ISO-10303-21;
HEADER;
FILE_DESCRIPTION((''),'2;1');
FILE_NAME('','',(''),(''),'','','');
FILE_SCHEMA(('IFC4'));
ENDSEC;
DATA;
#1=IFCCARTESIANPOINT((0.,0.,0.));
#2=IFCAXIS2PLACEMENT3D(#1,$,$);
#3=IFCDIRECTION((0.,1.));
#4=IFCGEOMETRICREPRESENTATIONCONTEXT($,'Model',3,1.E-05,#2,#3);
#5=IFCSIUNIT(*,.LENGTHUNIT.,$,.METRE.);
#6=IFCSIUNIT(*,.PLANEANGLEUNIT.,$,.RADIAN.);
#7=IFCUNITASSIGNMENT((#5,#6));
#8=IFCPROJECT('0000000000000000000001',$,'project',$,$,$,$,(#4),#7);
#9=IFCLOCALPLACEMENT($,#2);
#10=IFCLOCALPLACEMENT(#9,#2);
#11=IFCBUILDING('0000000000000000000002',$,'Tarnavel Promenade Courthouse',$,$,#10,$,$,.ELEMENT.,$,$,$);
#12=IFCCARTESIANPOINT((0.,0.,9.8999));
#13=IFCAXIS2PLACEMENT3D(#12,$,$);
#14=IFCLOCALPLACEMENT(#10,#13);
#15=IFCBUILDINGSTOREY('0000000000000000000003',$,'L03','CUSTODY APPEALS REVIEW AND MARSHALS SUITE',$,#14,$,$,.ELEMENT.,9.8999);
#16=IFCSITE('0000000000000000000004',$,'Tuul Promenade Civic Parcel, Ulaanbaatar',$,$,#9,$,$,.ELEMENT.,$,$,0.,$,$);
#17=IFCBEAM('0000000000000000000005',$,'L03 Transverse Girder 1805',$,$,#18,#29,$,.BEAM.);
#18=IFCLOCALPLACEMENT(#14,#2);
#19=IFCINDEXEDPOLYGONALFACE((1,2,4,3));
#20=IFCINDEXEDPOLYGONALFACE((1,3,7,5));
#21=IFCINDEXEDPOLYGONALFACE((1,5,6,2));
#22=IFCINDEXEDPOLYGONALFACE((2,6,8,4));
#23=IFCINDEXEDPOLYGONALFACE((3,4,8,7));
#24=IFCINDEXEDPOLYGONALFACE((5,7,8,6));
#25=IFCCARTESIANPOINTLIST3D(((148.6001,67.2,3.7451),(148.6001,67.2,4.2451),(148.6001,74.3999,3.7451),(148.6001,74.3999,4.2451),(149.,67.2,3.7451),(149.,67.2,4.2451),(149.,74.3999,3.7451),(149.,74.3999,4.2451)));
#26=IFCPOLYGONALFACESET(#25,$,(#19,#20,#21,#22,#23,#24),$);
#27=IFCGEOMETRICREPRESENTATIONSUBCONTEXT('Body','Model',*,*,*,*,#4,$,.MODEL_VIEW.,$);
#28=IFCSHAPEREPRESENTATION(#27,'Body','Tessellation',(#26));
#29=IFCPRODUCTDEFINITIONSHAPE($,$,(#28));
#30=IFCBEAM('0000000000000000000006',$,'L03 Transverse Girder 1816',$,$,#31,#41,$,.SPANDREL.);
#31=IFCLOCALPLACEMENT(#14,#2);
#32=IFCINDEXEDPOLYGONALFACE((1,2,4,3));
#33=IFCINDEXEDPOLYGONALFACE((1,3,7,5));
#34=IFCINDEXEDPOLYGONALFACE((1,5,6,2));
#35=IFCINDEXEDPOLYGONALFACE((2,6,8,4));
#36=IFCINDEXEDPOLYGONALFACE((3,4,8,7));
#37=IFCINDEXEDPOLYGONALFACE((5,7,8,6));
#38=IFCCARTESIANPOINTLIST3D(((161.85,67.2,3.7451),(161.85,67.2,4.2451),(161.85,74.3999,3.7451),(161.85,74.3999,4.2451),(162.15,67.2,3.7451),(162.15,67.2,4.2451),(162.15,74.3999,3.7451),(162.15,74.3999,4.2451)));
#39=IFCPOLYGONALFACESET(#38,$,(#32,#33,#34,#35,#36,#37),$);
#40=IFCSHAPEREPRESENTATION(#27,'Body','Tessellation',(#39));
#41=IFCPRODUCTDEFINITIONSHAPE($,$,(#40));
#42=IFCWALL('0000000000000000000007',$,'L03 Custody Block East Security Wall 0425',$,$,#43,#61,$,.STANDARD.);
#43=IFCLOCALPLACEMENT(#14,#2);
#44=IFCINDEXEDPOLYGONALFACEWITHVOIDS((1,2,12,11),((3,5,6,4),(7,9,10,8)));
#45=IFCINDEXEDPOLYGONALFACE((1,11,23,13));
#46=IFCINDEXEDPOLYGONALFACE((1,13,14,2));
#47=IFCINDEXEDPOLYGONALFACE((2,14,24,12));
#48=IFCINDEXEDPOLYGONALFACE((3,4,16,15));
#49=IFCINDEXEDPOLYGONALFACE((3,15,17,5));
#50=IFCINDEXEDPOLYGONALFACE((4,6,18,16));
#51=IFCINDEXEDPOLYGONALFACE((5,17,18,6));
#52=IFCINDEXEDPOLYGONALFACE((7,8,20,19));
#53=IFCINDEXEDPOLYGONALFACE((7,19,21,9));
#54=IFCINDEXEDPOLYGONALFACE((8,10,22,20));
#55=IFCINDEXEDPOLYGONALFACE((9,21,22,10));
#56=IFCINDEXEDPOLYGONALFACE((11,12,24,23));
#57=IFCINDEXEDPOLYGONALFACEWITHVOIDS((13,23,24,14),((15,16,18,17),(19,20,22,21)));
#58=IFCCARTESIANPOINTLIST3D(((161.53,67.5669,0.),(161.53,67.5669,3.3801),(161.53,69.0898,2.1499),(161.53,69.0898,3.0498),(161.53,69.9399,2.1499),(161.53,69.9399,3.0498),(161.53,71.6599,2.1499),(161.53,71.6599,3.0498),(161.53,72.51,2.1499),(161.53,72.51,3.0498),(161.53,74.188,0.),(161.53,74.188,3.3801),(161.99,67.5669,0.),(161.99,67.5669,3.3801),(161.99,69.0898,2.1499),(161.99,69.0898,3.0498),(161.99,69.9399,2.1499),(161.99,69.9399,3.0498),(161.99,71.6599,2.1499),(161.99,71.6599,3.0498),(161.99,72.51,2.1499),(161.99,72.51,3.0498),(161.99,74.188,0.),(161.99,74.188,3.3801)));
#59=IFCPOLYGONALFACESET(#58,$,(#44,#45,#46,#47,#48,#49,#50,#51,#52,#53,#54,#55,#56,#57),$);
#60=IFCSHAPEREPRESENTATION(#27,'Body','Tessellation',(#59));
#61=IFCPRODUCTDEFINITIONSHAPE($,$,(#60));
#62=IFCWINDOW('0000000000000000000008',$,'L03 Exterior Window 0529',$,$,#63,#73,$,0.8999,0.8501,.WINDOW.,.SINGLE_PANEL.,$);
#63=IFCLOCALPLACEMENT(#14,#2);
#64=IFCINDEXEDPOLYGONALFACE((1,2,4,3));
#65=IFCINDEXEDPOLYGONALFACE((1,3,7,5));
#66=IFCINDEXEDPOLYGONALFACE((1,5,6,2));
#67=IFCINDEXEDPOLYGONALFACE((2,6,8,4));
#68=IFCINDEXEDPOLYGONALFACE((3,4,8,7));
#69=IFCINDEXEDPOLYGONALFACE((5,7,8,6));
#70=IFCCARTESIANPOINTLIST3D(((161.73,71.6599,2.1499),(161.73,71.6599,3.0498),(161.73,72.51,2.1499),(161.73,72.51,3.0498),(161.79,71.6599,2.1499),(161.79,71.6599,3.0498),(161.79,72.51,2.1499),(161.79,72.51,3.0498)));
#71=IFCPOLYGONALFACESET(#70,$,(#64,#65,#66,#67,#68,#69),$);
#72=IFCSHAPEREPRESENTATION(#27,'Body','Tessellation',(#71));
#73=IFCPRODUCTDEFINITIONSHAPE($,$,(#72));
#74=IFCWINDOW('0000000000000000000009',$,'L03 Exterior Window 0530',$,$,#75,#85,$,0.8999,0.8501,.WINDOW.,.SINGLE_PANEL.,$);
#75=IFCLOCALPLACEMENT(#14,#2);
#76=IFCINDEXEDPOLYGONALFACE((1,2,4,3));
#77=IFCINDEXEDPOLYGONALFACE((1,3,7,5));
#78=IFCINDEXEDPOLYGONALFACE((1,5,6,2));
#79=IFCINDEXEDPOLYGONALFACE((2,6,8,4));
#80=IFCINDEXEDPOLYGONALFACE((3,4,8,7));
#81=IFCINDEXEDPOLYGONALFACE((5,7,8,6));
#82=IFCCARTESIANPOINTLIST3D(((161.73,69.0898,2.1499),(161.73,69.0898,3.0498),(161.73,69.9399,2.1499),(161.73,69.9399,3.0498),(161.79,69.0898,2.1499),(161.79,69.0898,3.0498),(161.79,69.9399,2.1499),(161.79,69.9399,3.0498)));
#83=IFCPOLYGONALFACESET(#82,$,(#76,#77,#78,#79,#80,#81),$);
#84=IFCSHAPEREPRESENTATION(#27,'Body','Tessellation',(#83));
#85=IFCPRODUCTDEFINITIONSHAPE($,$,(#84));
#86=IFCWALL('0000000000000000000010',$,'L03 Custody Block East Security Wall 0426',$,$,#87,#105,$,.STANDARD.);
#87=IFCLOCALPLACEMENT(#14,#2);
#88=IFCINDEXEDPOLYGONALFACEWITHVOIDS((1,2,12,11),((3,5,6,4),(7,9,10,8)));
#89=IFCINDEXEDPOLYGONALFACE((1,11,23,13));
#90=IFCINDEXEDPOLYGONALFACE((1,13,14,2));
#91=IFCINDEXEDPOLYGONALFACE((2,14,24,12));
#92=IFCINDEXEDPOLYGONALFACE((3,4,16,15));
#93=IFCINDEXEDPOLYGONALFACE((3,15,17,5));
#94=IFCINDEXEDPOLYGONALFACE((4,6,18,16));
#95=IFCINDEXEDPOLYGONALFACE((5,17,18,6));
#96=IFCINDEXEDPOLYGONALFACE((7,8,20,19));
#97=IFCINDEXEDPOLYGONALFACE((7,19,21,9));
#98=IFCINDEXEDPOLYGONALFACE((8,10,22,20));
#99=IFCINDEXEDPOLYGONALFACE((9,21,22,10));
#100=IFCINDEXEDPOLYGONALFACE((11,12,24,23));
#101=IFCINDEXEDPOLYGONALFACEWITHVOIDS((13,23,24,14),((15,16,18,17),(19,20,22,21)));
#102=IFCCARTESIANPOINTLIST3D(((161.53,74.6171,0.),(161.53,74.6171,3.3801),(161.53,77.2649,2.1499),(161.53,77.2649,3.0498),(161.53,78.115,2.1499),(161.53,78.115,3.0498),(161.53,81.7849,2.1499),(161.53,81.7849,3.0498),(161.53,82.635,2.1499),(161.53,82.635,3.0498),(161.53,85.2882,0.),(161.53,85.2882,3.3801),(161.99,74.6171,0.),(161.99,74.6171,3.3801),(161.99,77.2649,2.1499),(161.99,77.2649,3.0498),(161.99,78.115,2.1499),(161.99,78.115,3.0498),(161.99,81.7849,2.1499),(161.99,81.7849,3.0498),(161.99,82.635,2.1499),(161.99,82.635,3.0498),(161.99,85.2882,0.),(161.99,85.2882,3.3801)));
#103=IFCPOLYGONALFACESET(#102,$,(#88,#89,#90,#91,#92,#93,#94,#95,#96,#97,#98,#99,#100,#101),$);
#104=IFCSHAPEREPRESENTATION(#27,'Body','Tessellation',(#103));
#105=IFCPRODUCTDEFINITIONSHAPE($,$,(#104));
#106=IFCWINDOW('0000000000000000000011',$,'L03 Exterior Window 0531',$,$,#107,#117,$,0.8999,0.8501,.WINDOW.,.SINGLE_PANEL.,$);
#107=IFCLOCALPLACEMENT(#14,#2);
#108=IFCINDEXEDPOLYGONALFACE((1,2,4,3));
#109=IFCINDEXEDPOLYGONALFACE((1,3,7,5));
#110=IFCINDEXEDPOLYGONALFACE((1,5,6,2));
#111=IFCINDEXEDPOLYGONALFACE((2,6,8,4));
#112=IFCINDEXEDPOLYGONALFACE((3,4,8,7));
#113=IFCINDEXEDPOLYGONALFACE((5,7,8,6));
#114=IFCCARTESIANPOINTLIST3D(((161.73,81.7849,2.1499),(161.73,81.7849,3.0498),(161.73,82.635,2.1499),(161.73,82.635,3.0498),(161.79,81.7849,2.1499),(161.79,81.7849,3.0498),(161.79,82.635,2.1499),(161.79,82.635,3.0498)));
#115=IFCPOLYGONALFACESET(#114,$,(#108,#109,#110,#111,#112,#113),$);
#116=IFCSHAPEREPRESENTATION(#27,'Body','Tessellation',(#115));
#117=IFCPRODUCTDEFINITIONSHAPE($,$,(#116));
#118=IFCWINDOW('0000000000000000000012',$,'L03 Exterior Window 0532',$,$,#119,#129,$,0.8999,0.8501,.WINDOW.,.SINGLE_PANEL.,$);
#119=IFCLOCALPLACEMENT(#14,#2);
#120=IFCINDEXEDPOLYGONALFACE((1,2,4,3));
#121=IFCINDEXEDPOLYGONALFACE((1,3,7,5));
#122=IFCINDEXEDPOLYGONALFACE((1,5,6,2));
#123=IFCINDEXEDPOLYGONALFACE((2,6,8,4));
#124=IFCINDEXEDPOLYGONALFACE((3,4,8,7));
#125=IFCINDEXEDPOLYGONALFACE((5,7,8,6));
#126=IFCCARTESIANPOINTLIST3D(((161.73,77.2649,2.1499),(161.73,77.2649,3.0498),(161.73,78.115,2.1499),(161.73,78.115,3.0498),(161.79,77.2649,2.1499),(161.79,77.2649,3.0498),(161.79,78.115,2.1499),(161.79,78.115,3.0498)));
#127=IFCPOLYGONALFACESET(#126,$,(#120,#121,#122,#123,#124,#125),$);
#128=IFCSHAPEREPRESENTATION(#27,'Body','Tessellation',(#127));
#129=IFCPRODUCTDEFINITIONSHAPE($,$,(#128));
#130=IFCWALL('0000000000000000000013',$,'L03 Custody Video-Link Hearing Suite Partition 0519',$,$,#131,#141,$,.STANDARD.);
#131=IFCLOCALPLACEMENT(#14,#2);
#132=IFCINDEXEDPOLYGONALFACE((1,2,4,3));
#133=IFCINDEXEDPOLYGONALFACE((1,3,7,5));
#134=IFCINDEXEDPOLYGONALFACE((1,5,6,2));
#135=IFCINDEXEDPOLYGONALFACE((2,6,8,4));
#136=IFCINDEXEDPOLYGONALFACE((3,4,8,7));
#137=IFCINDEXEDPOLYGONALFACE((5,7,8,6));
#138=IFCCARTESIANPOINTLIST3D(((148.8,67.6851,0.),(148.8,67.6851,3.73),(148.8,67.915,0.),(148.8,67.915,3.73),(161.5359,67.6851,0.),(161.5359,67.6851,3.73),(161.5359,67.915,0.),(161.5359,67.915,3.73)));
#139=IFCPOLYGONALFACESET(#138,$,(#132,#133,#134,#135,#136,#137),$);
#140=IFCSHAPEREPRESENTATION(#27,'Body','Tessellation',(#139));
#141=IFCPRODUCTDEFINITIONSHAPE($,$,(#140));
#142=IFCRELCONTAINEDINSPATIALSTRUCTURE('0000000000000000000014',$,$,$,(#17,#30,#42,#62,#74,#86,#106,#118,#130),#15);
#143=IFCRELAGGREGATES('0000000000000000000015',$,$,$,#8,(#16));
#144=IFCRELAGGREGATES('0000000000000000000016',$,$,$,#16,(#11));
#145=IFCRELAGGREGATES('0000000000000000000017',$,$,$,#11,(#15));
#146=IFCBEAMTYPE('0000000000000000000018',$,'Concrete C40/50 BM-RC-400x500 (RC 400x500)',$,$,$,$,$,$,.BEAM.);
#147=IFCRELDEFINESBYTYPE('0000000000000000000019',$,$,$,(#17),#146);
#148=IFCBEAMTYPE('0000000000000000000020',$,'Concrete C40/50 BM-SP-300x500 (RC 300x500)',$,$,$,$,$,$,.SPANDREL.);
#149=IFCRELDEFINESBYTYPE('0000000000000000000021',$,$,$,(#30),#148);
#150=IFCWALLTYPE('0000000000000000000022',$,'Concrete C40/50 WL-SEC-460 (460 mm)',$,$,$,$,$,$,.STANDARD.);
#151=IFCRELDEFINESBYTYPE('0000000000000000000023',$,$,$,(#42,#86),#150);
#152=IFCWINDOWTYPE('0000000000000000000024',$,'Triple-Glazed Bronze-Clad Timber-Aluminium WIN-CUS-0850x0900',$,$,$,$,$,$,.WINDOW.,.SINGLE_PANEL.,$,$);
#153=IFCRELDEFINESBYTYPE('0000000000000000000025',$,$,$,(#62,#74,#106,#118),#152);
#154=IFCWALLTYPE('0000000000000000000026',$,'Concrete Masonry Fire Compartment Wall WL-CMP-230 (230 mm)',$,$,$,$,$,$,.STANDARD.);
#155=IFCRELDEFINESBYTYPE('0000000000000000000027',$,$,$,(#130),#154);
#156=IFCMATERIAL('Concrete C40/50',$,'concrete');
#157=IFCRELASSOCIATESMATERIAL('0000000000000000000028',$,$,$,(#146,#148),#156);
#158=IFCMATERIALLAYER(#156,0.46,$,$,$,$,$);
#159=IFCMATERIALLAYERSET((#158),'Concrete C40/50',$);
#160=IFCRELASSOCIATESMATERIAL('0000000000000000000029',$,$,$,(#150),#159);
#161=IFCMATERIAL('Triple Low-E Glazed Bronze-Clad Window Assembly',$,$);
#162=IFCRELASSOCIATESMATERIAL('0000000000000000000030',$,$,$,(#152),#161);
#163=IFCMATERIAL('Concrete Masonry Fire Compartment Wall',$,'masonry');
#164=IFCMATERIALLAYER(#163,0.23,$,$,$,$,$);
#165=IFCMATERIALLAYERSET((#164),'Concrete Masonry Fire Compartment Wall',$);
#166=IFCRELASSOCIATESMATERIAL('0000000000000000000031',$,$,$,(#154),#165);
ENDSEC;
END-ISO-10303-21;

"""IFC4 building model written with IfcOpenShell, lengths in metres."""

from ifc_helpers import new_model, si_unit, direction, frame, frame_2d, origin, origin_2d, place, context, subcontext, project, spatial, rectangle, extrude, material, layer, layer_set, material_profile, profile_set, type_object, element, fill, save


model = new_model("IFC4")

# Units and contexts
model_context = context("Model", 3, precision=1e-05, world=origin(), true_north=direction((0.0, 1.0)))
body_context = subcontext(model_context, "Body", "Model", "MODEL_VIEW")
ifc_project = project(units=[si_unit("LENGTHUNIT", "METRE"), si_unit("PLANEANGLEUNIT", "RADIAN")], contexts=[model_context])

# Site, building, storey
site_placement = place(None, origin())
site = spatial("IfcSite", under=ifc_project, at=site_placement, Name="Tuul Promenade Civic Parcel, Ulaanbaatar", CompositionType="ELEMENT", RefElevation=0.0)
building_placement = place(site_placement, origin())
building = spatial("IfcBuilding", under=site, at=building_placement, Name="Tarnavel Promenade Courthouse", CompositionType="ELEMENT")
storey_placement = place(building_placement, frame((0.0, 0.0, 9.8999)))
storey = spatial("IfcBuildingStorey", under=building, at=storey_placement, Name="L03", Description="CUSTODY APPEALS REVIEW AND MARSHALS SUITE", CompositionType="ELEMENT", Elevation=9.8999)

# Shared definitions
ifc_material_1 = material(Name="Concrete C40/50", Category="concrete")

# Beams
ifc_material_profile_1 = material_profile(ifc_material_1, rectangle(XDim=0.3999, YDim=0.5, at=origin_2d()), Name="RC 400x500")
ifc_profile_set_1 = profile_set([ifc_material_profile_1], Name="Concrete C40/50")
beam_type_1 = type_object("IfcBeamType", Name="Concrete C40/50 BM-RC-400x500 (RC 400x500)", PredefinedType="BEAM", material=ifc_profile_set_1)
beam_1_placement = place(storey_placement, frame((148.8, 67.2, 3.9951), z_axis=(0.0, 1.0, 0.0), x_axis=(-1.0, 0.0, 0.0)))
element("IfcBeam", 1, at=beam_1_placement, inside=storey, type_object=beam_type_1, Name="L03 Transverse Girder 1805", PredefinedType="BEAM", context=body_context, shape_type="SweptSolid", body=[
    extrude(rectangle(XDim=0.3999, YDim=0.5, at=origin_2d()), origin(), (0.0, 0.0, 1.0), 7.2),
])
ifc_material_profile_2 = material_profile(ifc_material_1, rectangle(XDim=0.3, YDim=0.5, at=origin_2d()), Name="RC 300x500")
ifc_profile_set_2 = profile_set([ifc_material_profile_2], Name="Concrete C40/50")
beam_type_2 = type_object("IfcBeamType", Name="Concrete C40/50 BM-SP-300x500 (RC 300x500)", PredefinedType="SPANDREL", material=ifc_profile_set_2)
beam_2_placement = place(storey_placement, frame((162.0, 67.2, 3.9951), z_axis=(0.0, 1.0, 0.0), x_axis=(-1.0, 0.0, 0.0)))
element("IfcBeam", 2, at=beam_2_placement, inside=storey, type_object=beam_type_2, Name="L03 Transverse Girder 1816", PredefinedType="SPANDREL", context=body_context, shape_type="SweptSolid", body=[
    extrude(rectangle(XDim=0.3, YDim=0.5, at=origin_2d()), origin(), (0.0, 0.0, 1.0), 7.2),
])

# Walls, openings, windows
ifc_layer_1 = layer(ifc_material_1, 0.46)
ifc_layer_set_1 = layer_set([ifc_layer_1], Name="Concrete C40/50")
wall_type_1 = type_object("IfcWallType", Name="Concrete C40/50 WL-SEC-460 (460 mm)", PredefinedType="STANDARD", material=ifc_layer_set_1)
wall_1_placement = place(storey_placement, frame((161.76, 74.188, 0.0), z_axis=(0.0, 0.0, 1.0), x_axis=(0.0, -1.0, 0.0)))
wall_1 = element("IfcWall", 3, at=wall_1_placement, inside=storey, type_object=wall_type_1, Name="L03 Custody Block East Security Wall 0425", PredefinedType="STANDARD", context=body_context, shape_type="SweptSolid", body=[
    extrude(rectangle(XDim=6.6211, YDim=0.46, at=frame_2d((3.3105, 0.0))), origin(), (0.0, 0.0, 1.0), 3.3801),
])
opening_1_placement = place(wall_1_placement, frame((1.678, 0.0, 2.1499)))
opening_1 = element("IfcOpeningElement", 4, at=opening_1_placement, cuts=wall_1, PredefinedType="OPENING", context=body_context, shape_type="SweptSolid", body=[
    extrude(rectangle(XDim=0.8501, YDim=0.8999, at=frame_2d((0.425, 0.45))), frame((0.0, 0.24, 0.0), z_axis=(0.0, -1.0, 0.0), x_axis=(1.0, 0.0, 0.0)), (0.0, 0.0, 1.0), 0.48),
])
opening_2_placement = place(wall_1_placement, frame((4.248, 0.0, 2.1499)))
opening_2 = element("IfcOpeningElement", 5, at=opening_2_placement, cuts=wall_1, PredefinedType="OPENING", context=body_context, shape_type="SweptSolid", body=[
    extrude(rectangle(XDim=0.8501, YDim=0.8999, at=frame_2d((0.425, 0.45))), frame((0.0, 0.24, 0.0), z_axis=(0.0, -1.0, 0.0), x_axis=(1.0, 0.0, 0.0)), (0.0, 0.0, 1.0), 0.48),
])
ifc_material_2 = material(Name="Triple Low-E Glazed Bronze-Clad Window Assembly")
window_type = type_object("IfcWindowType", Name="Triple-Glazed Bronze-Clad Timber-Aluminium WIN-CUS-0850x0900", PartitioningType="SINGLE_PANEL", PredefinedType="WINDOW", material=ifc_material_2)
window_1_placement = place(opening_1_placement, origin())
window_1 = element("IfcWindow", 6, at=window_1_placement, inside=storey, type_object=window_type, Name="L03 Exterior Window 0529", OverallHeight=0.8999, OverallWidth=0.8501, PartitioningType="SINGLE_PANEL", PredefinedType="WINDOW", context=body_context, shape_type="SweptSolid", body=[
    extrude(rectangle(XDim=0.8501, YDim=0.8999, at=frame_2d((0.425, 0.45))), frame((0.0, 0.03, 0.0), z_axis=(0.0, -1.0, 0.0), x_axis=(1.0, 0.0, 0.0)), (0.0, 0.0, 1.0), 0.0601),
])
fill(opening_1, window_1)
window_2_placement = place(opening_2_placement, origin())
window_2 = element("IfcWindow", 7, at=window_2_placement, inside=storey, type_object=window_type, Name="L03 Exterior Window 0530", OverallHeight=0.8999, OverallWidth=0.8501, PartitioningType="SINGLE_PANEL", PredefinedType="WINDOW", context=body_context, shape_type="SweptSolid", body=[
    extrude(rectangle(XDim=0.8501, YDim=0.8999, at=frame_2d((0.425, 0.45))), frame((0.0, 0.03, 0.0), z_axis=(0.0, -1.0, 0.0), x_axis=(1.0, 0.0, 0.0)), (0.0, 0.0, 1.0), 0.0601),
])
fill(opening_2, window_2)
wall_2_placement = place(storey_placement, frame((161.76, 85.2881, 0.0), z_axis=(0.0, 0.0, 1.0), x_axis=(0.0, -1.0, 0.0)))
wall_2 = element("IfcWall", 8, at=wall_2_placement, inside=storey, type_object=wall_type_1, Name="L03 Custody Block East Security Wall 0426", PredefinedType="STANDARD", context=body_context, shape_type="SweptSolid", body=[
    extrude(rectangle(XDim=10.6711, YDim=0.46, at=frame_2d((5.3354, 0.0))), origin(), (0.0, 0.0, 1.0), 3.3801),
])
opening_3_placement = place(wall_2_placement, frame((2.6531, 0.0, 2.1499)))
opening_3 = element("IfcOpeningElement", 9, at=opening_3_placement, cuts=wall_2, PredefinedType="OPENING", context=body_context, shape_type="SweptSolid", body=[
    extrude(rectangle(XDim=0.8501, YDim=0.8999, at=frame_2d((0.425, 0.45))), frame((0.0, 0.24, 0.0), z_axis=(0.0, -1.0, 0.0), x_axis=(1.0, 0.0, 0.0)), (0.0, 0.0, 1.0), 0.48),
])
opening_4_placement = place(wall_2_placement, frame((7.1731, 0.0, 2.1499)))
opening_4 = element("IfcOpeningElement", 10, at=opening_4_placement, cuts=wall_2, PredefinedType="OPENING", context=body_context, shape_type="SweptSolid", body=[
    extrude(rectangle(XDim=0.8501, YDim=0.8999, at=frame_2d((0.425, 0.45))), frame((0.0, 0.24, 0.0), z_axis=(0.0, -1.0, 0.0), x_axis=(1.0, 0.0, 0.0)), (0.0, 0.0, 1.0), 0.48),
])
window_3_placement = place(opening_3_placement, origin())
window_3 = element("IfcWindow", 11, at=window_3_placement, inside=storey, type_object=window_type, Name="L03 Exterior Window 0531", OverallHeight=0.8999, OverallWidth=0.8501, PartitioningType="SINGLE_PANEL", PredefinedType="WINDOW", context=body_context, shape_type="SweptSolid", body=[
    extrude(rectangle(XDim=0.8501, YDim=0.8999, at=frame_2d((0.425, 0.45))), frame((0.0, 0.03, 0.0), z_axis=(0.0, -1.0, 0.0), x_axis=(1.0, 0.0, 0.0)), (0.0, 0.0, 1.0), 0.0601),
])
fill(opening_3, window_3)
window_4_placement = place(opening_4_placement, origin())
window_4 = element("IfcWindow", 12, at=window_4_placement, inside=storey, type_object=window_type, Name="L03 Exterior Window 0532", OverallHeight=0.8999, OverallWidth=0.8501, PartitioningType="SINGLE_PANEL", PredefinedType="WINDOW", context=body_context, shape_type="SweptSolid", body=[
    extrude(rectangle(XDim=0.8501, YDim=0.8999, at=frame_2d((0.425, 0.45))), frame((0.0, 0.03, 0.0), z_axis=(0.0, -1.0, 0.0), x_axis=(1.0, 0.0, 0.0)), (0.0, 0.0, 1.0), 0.0601),
])
fill(opening_4, window_4)

# Wall
ifc_material_3 = material(Name="Concrete Masonry Fire Compartment Wall", Category="masonry")
ifc_layer_2 = layer(ifc_material_3, 0.23)
ifc_layer_set_2 = layer_set([ifc_layer_2], Name="Concrete Masonry Fire Compartment Wall")
wall_type_2 = type_object("IfcWallType", Name="Concrete Masonry Fire Compartment Wall WL-CMP-230 (230 mm)", PredefinedType="STANDARD", material=ifc_layer_set_2)
wall_3_placement = place(storey_placement, frame((161.5359, 67.8, 0.0), z_axis=(0.0, 0.0, 1.0), x_axis=(-1.0, 0.0, 0.0)))
element("IfcWall", 13, at=wall_3_placement, inside=storey, type_object=wall_type_2, Name="L03 Custody Video-Link Hearing Suite Partition 0519", PredefinedType="STANDARD", context=body_context, shape_type="SweptSolid", body=[
    extrude(rectangle(XDim=12.7358, YDim=0.23, at=frame_2d((6.3679, 0.0))), origin(), (0.0, 0.0, 1.0), 3.73),
])

save(model, "model.ifc")
